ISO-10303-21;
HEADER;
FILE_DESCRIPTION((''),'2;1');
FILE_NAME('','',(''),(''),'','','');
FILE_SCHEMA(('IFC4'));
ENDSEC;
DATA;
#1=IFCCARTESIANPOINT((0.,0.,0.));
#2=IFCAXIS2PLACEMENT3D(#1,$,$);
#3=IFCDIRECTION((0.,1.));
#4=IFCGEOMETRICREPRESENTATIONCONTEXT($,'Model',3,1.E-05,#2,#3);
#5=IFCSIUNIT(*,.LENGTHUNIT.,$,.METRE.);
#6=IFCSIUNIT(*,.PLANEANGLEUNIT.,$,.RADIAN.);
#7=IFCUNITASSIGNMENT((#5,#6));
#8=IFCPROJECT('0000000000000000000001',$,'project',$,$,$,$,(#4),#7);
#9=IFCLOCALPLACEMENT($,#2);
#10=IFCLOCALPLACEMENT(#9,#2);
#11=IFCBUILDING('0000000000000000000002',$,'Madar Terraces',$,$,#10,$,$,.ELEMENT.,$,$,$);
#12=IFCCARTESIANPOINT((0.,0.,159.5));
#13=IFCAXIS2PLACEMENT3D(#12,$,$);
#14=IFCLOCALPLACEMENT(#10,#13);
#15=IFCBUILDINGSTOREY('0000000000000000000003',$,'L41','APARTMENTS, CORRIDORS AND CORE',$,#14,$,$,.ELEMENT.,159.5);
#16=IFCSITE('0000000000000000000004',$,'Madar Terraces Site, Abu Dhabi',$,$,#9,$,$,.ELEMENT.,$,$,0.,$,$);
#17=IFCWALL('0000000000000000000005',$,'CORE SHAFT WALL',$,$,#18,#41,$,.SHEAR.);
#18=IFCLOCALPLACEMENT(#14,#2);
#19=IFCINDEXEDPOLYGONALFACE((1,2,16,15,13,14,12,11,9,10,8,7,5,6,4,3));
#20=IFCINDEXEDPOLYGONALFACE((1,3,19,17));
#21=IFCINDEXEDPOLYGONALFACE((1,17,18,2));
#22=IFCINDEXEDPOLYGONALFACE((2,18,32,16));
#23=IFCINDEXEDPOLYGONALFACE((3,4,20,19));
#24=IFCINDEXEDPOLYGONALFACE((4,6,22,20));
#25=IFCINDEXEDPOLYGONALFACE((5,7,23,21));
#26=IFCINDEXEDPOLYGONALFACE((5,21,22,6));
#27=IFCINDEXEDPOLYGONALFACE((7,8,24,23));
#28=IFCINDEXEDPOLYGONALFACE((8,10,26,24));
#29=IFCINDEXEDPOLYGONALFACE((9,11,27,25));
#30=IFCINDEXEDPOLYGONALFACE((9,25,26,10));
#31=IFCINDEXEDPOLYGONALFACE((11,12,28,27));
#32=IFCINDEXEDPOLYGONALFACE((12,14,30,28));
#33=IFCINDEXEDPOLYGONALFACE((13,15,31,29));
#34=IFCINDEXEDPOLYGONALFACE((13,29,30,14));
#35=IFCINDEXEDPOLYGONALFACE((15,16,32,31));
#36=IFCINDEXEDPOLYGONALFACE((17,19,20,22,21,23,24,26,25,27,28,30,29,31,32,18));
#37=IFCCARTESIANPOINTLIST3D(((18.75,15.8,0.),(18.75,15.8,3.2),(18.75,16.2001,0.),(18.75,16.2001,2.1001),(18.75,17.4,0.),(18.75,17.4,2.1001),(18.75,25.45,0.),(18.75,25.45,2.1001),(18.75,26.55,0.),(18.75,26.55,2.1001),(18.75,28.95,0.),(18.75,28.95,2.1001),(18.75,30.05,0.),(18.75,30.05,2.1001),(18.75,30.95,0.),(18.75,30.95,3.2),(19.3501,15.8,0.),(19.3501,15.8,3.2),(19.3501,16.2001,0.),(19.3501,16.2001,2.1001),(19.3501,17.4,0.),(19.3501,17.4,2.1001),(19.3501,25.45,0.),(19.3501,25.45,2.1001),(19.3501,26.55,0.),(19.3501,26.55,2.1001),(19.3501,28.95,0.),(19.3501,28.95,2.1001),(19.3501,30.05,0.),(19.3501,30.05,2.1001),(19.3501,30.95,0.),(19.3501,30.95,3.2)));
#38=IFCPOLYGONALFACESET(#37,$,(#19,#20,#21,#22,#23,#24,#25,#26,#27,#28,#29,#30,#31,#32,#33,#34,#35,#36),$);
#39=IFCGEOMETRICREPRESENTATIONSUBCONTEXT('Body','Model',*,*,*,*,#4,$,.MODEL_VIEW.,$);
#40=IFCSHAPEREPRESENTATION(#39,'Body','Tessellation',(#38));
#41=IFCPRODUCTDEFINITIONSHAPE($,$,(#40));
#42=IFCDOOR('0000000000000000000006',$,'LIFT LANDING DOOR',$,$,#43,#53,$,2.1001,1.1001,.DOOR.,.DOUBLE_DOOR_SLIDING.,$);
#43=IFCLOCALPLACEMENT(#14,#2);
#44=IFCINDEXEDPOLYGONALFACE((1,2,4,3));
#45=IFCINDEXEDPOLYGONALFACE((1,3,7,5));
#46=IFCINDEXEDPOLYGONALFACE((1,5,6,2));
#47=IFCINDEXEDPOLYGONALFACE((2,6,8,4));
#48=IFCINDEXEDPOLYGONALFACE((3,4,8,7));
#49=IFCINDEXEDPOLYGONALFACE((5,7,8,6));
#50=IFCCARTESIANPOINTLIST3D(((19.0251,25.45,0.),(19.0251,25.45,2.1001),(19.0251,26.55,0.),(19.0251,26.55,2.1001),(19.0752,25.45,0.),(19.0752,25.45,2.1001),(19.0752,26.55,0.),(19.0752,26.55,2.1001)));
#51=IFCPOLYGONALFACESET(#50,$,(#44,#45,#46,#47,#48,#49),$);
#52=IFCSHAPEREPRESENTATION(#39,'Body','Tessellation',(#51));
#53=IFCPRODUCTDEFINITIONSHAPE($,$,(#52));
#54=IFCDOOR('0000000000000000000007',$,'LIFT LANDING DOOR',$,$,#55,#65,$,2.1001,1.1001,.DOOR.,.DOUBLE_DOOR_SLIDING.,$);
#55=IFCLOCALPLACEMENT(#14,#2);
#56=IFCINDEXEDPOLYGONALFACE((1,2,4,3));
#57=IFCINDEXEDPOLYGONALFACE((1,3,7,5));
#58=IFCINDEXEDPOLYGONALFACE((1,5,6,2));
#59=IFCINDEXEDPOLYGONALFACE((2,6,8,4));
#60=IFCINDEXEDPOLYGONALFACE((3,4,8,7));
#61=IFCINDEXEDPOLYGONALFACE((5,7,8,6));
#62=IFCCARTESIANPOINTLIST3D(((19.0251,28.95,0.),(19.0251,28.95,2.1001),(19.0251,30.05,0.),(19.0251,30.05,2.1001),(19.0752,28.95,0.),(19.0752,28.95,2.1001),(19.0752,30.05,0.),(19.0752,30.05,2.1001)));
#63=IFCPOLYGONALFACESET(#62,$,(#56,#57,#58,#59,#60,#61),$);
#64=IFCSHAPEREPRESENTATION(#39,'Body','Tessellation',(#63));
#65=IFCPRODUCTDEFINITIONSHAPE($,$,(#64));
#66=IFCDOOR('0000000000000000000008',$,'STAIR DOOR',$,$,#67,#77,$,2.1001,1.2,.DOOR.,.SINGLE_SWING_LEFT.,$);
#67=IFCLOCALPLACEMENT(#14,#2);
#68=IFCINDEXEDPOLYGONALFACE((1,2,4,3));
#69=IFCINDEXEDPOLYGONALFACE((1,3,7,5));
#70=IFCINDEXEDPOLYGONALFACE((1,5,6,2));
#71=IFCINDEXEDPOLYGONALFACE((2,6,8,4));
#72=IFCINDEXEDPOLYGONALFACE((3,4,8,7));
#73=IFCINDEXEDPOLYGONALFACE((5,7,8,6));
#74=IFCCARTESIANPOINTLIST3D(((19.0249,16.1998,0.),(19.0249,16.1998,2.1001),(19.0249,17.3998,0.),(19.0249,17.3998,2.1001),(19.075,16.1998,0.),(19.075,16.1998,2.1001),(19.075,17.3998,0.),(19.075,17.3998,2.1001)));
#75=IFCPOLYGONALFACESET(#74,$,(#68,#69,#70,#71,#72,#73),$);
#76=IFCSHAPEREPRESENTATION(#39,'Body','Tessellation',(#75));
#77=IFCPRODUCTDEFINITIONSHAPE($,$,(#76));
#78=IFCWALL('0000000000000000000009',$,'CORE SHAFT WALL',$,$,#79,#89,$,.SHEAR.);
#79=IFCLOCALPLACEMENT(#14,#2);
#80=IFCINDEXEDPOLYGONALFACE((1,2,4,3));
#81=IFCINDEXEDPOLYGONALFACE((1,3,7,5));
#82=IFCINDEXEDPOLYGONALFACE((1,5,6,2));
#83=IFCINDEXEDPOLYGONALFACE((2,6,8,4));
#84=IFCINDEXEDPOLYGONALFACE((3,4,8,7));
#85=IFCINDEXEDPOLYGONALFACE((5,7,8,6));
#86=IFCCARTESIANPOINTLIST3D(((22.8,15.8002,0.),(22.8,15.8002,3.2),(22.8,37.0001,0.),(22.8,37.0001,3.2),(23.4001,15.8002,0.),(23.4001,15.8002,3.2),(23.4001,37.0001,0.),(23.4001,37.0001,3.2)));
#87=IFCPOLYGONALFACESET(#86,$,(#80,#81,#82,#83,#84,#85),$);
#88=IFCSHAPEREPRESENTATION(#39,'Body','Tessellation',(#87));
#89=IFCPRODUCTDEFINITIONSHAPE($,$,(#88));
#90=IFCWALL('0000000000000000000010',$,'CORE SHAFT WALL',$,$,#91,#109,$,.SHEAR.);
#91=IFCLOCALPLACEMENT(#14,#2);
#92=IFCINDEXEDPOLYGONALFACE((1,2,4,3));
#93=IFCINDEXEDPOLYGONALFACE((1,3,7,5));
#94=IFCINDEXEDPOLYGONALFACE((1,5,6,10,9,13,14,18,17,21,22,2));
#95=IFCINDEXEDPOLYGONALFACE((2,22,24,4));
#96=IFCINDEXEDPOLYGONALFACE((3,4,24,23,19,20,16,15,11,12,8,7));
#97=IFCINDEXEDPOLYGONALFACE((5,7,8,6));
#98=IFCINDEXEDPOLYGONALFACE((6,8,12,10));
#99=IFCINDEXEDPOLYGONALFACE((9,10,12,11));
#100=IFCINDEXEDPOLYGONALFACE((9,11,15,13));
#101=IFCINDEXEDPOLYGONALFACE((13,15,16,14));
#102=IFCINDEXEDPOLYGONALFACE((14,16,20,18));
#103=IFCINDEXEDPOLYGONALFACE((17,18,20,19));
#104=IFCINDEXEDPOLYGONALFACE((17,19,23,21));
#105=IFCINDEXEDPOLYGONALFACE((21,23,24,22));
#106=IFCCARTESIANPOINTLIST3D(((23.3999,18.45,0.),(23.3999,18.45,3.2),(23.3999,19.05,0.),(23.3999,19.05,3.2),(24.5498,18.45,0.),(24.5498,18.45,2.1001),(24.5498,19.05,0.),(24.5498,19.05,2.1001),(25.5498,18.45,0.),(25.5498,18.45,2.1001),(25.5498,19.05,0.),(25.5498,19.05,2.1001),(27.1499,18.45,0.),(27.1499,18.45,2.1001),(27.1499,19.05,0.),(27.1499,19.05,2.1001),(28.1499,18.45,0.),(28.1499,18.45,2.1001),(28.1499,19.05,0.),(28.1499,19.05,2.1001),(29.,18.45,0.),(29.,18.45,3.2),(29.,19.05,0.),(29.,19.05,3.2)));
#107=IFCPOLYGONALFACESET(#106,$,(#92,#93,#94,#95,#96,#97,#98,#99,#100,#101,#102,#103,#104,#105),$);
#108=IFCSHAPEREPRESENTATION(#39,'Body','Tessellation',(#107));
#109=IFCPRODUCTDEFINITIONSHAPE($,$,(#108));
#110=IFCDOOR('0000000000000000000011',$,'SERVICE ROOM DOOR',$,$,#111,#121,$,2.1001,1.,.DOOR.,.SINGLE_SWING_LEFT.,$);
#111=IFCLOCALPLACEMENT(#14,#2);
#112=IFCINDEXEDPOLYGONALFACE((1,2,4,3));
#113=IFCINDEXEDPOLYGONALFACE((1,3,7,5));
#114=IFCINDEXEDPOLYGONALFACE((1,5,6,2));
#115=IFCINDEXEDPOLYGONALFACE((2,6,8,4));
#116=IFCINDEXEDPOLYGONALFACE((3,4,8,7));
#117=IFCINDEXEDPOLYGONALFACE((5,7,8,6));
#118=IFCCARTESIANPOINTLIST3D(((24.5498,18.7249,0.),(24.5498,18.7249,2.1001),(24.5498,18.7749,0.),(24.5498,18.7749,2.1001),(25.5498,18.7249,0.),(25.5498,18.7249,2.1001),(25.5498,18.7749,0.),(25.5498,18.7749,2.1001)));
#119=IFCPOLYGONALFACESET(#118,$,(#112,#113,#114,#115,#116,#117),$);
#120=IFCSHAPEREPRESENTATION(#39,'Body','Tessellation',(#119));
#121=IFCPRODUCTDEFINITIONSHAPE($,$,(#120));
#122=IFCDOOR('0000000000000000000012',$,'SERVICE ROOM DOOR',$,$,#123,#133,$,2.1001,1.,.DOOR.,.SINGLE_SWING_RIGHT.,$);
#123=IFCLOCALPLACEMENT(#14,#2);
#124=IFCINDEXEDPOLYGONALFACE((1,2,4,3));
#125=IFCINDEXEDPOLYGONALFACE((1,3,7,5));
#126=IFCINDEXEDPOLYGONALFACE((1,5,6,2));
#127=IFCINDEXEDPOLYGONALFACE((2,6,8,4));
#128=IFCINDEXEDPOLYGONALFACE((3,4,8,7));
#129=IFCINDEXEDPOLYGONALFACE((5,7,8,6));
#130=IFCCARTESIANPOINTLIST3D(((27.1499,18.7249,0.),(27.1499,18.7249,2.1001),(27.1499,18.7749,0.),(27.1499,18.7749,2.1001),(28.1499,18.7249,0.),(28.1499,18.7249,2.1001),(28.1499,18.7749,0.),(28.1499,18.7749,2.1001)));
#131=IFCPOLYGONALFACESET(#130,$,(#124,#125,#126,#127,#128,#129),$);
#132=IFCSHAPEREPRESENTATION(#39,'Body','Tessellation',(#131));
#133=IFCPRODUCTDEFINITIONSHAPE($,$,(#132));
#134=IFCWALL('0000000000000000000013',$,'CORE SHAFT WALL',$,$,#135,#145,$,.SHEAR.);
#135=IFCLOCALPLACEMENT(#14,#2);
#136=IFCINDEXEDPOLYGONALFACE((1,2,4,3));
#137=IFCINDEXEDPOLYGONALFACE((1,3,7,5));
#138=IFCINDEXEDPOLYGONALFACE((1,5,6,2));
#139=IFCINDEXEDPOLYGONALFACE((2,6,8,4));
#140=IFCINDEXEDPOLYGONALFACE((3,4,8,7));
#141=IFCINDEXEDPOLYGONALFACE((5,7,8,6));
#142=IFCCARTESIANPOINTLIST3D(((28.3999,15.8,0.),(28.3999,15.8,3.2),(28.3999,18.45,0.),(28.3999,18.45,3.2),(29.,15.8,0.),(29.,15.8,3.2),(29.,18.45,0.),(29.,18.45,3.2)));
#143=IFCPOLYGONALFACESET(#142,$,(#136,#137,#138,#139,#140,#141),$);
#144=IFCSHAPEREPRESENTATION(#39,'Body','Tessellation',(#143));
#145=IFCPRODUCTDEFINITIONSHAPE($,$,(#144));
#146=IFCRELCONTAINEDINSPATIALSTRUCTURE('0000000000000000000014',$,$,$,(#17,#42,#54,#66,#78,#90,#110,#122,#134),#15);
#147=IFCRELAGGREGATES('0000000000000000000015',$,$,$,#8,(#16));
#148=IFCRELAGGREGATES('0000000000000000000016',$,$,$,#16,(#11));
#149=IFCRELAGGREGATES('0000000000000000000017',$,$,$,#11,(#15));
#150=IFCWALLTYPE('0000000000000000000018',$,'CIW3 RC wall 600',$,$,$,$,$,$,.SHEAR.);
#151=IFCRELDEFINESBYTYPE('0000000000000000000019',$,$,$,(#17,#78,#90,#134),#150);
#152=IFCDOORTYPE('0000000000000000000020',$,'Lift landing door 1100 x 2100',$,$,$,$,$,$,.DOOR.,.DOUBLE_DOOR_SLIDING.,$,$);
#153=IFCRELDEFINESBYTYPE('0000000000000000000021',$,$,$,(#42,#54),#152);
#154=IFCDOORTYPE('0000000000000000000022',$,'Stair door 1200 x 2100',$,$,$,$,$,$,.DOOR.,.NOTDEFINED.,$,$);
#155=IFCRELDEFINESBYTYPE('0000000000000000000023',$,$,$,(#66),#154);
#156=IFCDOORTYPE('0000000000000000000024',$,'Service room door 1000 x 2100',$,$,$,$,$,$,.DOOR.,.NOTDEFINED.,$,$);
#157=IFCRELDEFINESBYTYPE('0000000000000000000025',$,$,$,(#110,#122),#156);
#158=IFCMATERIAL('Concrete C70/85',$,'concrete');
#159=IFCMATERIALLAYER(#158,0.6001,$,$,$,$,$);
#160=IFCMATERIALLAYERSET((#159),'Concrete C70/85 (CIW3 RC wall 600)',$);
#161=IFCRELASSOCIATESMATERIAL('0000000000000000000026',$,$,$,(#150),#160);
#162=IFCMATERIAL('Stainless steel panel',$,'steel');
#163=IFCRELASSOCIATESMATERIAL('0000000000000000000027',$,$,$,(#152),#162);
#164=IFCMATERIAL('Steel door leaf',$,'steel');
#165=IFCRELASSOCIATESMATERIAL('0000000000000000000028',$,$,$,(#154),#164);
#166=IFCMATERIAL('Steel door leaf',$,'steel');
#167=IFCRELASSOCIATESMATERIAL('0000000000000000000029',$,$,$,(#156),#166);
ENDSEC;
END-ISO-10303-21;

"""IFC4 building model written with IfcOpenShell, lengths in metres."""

from ifc_helpers import new_model, si_unit, direction, frame, frame_2d, origin, place, context, subcontext, project, spatial, rectangle, extrude, material, layer, layer_set, type_object, element, fill, save


model = new_model("IFC4")

# Units and contexts
model_context = context("Model", 3, precision=1e-05, world=origin(), true_north=direction((0.0, 1.0)))
body_context = subcontext(model_context, "Body", "Model", "MODEL_VIEW")
ifc_project = project(units=[si_unit("LENGTHUNIT", "METRE"), si_unit("PLANEANGLEUNIT", "RADIAN")], contexts=[model_context])

# Site, building, storey
site_placement = place(None, origin())
site = spatial("IfcSite", under=ifc_project, at=site_placement, Name="Madar Terraces Site, Abu Dhabi", CompositionType="ELEMENT", RefElevation=0.0)
building_placement = place(site_placement, origin())
building = spatial("IfcBuilding", under=site, at=building_placement, Name="Madar Terraces", CompositionType="ELEMENT")
storey_placement = place(building_placement, frame((0.0, 0.0, 159.5)))
storey = spatial("IfcBuildingStorey", under=building, at=storey_placement, Name="L41", Description="APARTMENTS, CORRIDORS AND CORE", CompositionType="ELEMENT", Elevation=159.5)

# Wall, openings, doors
ifc_material_1 = material(Name="Concrete C70/85", Category="concrete")
ifc_layer_1 = layer(ifc_material_1, 0.6001)
ifc_layer_set_1 = layer_set([ifc_layer_1], Name="Concrete C70/85 (CIW3 RC wall 600)")
wall_type_1 = type_object("IfcWallType", Name="CIW3 RC wall 600", PredefinedType="SHEAR", material=ifc_layer_set_1)
wall_1_placement = place(storey_placement, frame((19.05, 15.8, 0.0), z_axis=(0.0, 0.0, 1.0), x_axis=(0.0, 1.0, 0.0)))
wall_1 = element("IfcWall", 1, at=wall_1_placement, inside=storey, type_object=wall_type_1, Name="CORE SHAFT WALL", PredefinedType="SHEAR", context=body_context, shape_type="SweptSolid", body=[
    extrude(rectangle(XDim=15.1499, YDim=0.6001, at=frame_2d((7.575, 0.0))), origin(), (0.0, 0.0, 1.0), 3.2),
])
opening_1_placement = place(wall_1_placement, frame((9.6499, 0.0, 0.0)))
opening_1 = element("IfcOpeningElement", 2, at=opening_1_placement, cuts=wall_1, PredefinedType="OPENING", context=body_context, shape_type="SweptSolid", body=[
    extrude(rectangle(XDim=1.1001, YDim=2.1001, at=frame_2d((0.55, 1.05))), frame((0.0, 0.3101, 0.0), z_axis=(0.0, -1.0, 0.0), x_axis=(1.0, 0.0, 0.0)), (0.0, 0.0, 1.0), 0.6201),
])
opening_2_placement = place(wall_1_placement, frame((13.1499, 0.0, 0.0)))
opening_2 = element("IfcOpeningElement", 3, at=opening_2_placement, cuts=wall_1, PredefinedType="OPENING", context=body_context, shape_type="SweptSolid", body=[
    extrude(rectangle(XDim=1.1001, YDim=2.1001, at=frame_2d((0.55, 1.05))), frame((0.0, 0.3101, 0.0), z_axis=(0.0, -1.0, 0.0), x_axis=(1.0, 0.0, 0.0)), (0.0, 0.0, 1.0), 0.6201),
])
opening_3_placement = place(wall_1_placement, frame((0.3999, 0.0, 0.0)))
opening_3 = element("IfcOpeningElement", 4, at=opening_3_placement, cuts=wall_1, PredefinedType="OPENING", context=body_context, shape_type="SweptSolid", body=[
    extrude(rectangle(XDim=1.2, YDim=2.1001, at=frame_2d((0.6001, 1.05))), frame((0.0, 0.3101, 0.0), z_axis=(0.0, -1.0, 0.0), x_axis=(1.0, 0.0, 0.0)), (0.0, 0.0, 1.0), 0.6201),
])
ifc_material_2 = material(Name="Stainless steel panel", Category="steel")
door_type_1 = type_object("IfcDoorType", Name="Lift landing door 1100 x 2100", OperationType="DOUBLE_DOOR_SLIDING", PredefinedType="DOOR", material=ifc_material_2)
door_1_placement = place(opening_1_placement, origin())
door_1 = element("IfcDoor", 5, at=door_1_placement, inside=storey, type_object=door_type_1, Name="LIFT LANDING DOOR", OperationType="DOUBLE_DOOR_SLIDING", OverallHeight=2.1001, OverallWidth=1.1001, PredefinedType="DOOR", context=body_context, shape_type="SweptSolid", body=[
    extrude(rectangle(XDim=1.1001, YDim=2.1001, at=frame_2d((0.55, 1.05))), frame((0.0, 0.0249, 0.0), z_axis=(0.0, -1.0, 0.0), x_axis=(1.0, 0.0, 0.0)), (0.0, 0.0, 1.0), 0.05),
])
fill(opening_1, door_1)
door_2_placement = place(opening_2_placement, origin())
door_2 = element("IfcDoor", 6, at=door_2_placement, inside=storey, type_object=door_type_1, Name="LIFT LANDING DOOR", OperationType="DOUBLE_DOOR_SLIDING", OverallHeight=2.1001, OverallWidth=1.1001, PredefinedType="DOOR", context=body_context, shape_type="SweptSolid", body=[
    extrude(rectangle(XDim=1.1001, YDim=2.1001, at=frame_2d((0.55, 1.05))), frame((0.0, 0.0249, 0.0), z_axis=(0.0, -1.0, 0.0), x_axis=(1.0, 0.0, 0.0)), (0.0, 0.0, 1.0), 0.05),
])
fill(opening_2, door_2)
ifc_material_3 = material(Name="Steel door leaf", Category="steel")
door_type_2 = type_object("IfcDoorType", Name="Stair door 1200 x 2100", OperationType="NOTDEFINED", PredefinedType="DOOR", material=ifc_material_3)
door_3_placement = place(opening_3_placement, frame((1.2, 0.0, 0.0), z_axis=(0.0, 0.0, 1.0), x_axis=(-1.0, 0.0, 0.0)))
door_3 = element("IfcDoor", 7, at=door_3_placement, inside=storey, type_object=door_type_2, Name="STAIR DOOR", OperationType="SINGLE_SWING_LEFT", OverallHeight=2.1001, OverallWidth=1.2, PredefinedType="DOOR", context=body_context, shape_type="SweptSolid", body=[
    extrude(rectangle(XDim=1.2, YDim=2.1001, at=frame_2d((0.6001, 1.05))), frame((0.0, 0.0249, 0.0), z_axis=(0.0, -1.0, 0.0), x_axis=(1.0, 0.0, 0.0)), (0.0, 0.0, 1.0), 0.05),
])
fill(opening_3, door_3)

# Wall
wall_2_placement = place(storey_placement, frame((23.1001, 15.8, 0.0), z_axis=(0.0, 0.0, 1.0), x_axis=(0.0, 1.0, 0.0)))
element("IfcWall", 8, at=wall_2_placement, inside=storey, type_object=wall_type_1, Name="CORE SHAFT WALL", PredefinedType="SHEAR", context=body_context, shape_type="SweptSolid", body=[
    extrude(rectangle(XDim=21.2, YDim=0.6001, at=frame_2d((10.6001, 0.0))), origin(), (0.0, 0.0, 1.0), 3.2),
])

# Wall, openings, doors
wall_3_placement = place(storey_placement, frame((23.3999, 18.75, 0.0), z_axis=(0.0, 0.0, 1.0), x_axis=(1.0, 0.0, 0.0)))
wall_3 = element("IfcWall", 9, at=wall_3_placement, inside=storey, type_object=wall_type_1, Name="CORE SHAFT WALL", PredefinedType="SHEAR", context=body_context, shape_type="SweptSolid", body=[
    extrude(rectangle(XDim=5.6001, YDim=0.6001, at=frame_2d((2.8, 0.0))), origin(), (0.0, 0.0, 1.0), 3.2),
])
opening_4_placement = place(wall_3_placement, frame((1.1499, 0.0, 0.0)))
opening_4 = element("IfcOpeningElement", 10, at=opening_4_placement, cuts=wall_3, PredefinedType="OPENING", context=body_context, shape_type="SweptSolid", body=[
    extrude(rectangle(XDim=1.0, YDim=2.1001, at=frame_2d((0.5, 1.05))), frame((0.0, 0.3101, 0.0), z_axis=(0.0, -1.0, 0.0), x_axis=(1.0, 0.0, 0.0)), (0.0, 0.0, 1.0), 0.6201),
])
opening_5_placement = place(wall_3_placement, frame((3.75, 0.0, 0.0)))
opening_5 = element("IfcOpeningElement", 11, at=opening_5_placement, cuts=wall_3, PredefinedType="OPENING", context=body_context, shape_type="SweptSolid", body=[
    extrude(rectangle(XDim=1.0, YDim=2.1001, at=frame_2d((0.5, 1.05))), frame((0.0, 0.3101, 0.0), z_axis=(0.0, -1.0, 0.0), x_axis=(1.0, 0.0, 0.0)), (0.0, 0.0, 1.0), 0.6201),
])
ifc_material_4 = material(Name="Steel door leaf", Category="steel")
door_type_3 = type_object("IfcDoorType", Name="Service room door 1000 x 2100", OperationType="NOTDEFINED", PredefinedType="DOOR", material=ifc_material_4)
door_4_placement = place(opening_4_placement, origin())
door_4 = element("IfcDoor", 12, at=door_4_placement, inside=storey, type_object=door_type_3, Name="SERVICE ROOM DOOR", OperationType="SINGLE_SWING_LEFT", OverallHeight=2.1001, OverallWidth=1.0, PredefinedType="DOOR", context=body_context, shape_type="SweptSolid", body=[
    extrude(rectangle(XDim=1.0, YDim=2.1001, at=frame_2d((0.5, 1.05))), frame((0.0, 0.0249, 0.0), z_axis=(0.0, -1.0, 0.0), x_axis=(1.0, 0.0, 0.0)), (0.0, 0.0, 1.0), 0.05),
])
fill(opening_4, door_4)
door_5_placement = place(opening_5_placement, origin())
door_5 = element("IfcDoor", 13, at=door_5_placement, inside=storey, type_object=door_type_3, Name="SERVICE ROOM DOOR", OperationType="SINGLE_SWING_RIGHT", OverallHeight=2.1001, OverallWidth=1.0, PredefinedType="DOOR", context=body_context, shape_type="SweptSolid", body=[
    extrude(rectangle(XDim=1.0, YDim=2.1001, at=frame_2d((0.5, 1.05))), frame((0.0, 0.0249, 0.0), z_axis=(0.0, -1.0, 0.0), x_axis=(1.0, 0.0, 0.0)), (0.0, 0.0, 1.0), 0.05),
])
fill(opening_5, door_5)

# Wall
wall_4_placement = place(storey_placement, frame((28.7, 15.8, 0.0), z_axis=(0.0, 0.0, 1.0), x_axis=(0.0, 1.0, 0.0)))
element("IfcWall", 14, at=wall_4_placement, inside=storey, type_object=wall_type_1, Name="CORE SHAFT WALL", PredefinedType="SHEAR", context=body_context, shape_type="SweptSolid", body=[
    extrude(rectangle(XDim=2.6499, YDim=0.6001, at=frame_2d((1.325, 0.0))), origin(), (0.0, 0.0, 1.0), 3.2),
])

save(model, "model.ifc")
